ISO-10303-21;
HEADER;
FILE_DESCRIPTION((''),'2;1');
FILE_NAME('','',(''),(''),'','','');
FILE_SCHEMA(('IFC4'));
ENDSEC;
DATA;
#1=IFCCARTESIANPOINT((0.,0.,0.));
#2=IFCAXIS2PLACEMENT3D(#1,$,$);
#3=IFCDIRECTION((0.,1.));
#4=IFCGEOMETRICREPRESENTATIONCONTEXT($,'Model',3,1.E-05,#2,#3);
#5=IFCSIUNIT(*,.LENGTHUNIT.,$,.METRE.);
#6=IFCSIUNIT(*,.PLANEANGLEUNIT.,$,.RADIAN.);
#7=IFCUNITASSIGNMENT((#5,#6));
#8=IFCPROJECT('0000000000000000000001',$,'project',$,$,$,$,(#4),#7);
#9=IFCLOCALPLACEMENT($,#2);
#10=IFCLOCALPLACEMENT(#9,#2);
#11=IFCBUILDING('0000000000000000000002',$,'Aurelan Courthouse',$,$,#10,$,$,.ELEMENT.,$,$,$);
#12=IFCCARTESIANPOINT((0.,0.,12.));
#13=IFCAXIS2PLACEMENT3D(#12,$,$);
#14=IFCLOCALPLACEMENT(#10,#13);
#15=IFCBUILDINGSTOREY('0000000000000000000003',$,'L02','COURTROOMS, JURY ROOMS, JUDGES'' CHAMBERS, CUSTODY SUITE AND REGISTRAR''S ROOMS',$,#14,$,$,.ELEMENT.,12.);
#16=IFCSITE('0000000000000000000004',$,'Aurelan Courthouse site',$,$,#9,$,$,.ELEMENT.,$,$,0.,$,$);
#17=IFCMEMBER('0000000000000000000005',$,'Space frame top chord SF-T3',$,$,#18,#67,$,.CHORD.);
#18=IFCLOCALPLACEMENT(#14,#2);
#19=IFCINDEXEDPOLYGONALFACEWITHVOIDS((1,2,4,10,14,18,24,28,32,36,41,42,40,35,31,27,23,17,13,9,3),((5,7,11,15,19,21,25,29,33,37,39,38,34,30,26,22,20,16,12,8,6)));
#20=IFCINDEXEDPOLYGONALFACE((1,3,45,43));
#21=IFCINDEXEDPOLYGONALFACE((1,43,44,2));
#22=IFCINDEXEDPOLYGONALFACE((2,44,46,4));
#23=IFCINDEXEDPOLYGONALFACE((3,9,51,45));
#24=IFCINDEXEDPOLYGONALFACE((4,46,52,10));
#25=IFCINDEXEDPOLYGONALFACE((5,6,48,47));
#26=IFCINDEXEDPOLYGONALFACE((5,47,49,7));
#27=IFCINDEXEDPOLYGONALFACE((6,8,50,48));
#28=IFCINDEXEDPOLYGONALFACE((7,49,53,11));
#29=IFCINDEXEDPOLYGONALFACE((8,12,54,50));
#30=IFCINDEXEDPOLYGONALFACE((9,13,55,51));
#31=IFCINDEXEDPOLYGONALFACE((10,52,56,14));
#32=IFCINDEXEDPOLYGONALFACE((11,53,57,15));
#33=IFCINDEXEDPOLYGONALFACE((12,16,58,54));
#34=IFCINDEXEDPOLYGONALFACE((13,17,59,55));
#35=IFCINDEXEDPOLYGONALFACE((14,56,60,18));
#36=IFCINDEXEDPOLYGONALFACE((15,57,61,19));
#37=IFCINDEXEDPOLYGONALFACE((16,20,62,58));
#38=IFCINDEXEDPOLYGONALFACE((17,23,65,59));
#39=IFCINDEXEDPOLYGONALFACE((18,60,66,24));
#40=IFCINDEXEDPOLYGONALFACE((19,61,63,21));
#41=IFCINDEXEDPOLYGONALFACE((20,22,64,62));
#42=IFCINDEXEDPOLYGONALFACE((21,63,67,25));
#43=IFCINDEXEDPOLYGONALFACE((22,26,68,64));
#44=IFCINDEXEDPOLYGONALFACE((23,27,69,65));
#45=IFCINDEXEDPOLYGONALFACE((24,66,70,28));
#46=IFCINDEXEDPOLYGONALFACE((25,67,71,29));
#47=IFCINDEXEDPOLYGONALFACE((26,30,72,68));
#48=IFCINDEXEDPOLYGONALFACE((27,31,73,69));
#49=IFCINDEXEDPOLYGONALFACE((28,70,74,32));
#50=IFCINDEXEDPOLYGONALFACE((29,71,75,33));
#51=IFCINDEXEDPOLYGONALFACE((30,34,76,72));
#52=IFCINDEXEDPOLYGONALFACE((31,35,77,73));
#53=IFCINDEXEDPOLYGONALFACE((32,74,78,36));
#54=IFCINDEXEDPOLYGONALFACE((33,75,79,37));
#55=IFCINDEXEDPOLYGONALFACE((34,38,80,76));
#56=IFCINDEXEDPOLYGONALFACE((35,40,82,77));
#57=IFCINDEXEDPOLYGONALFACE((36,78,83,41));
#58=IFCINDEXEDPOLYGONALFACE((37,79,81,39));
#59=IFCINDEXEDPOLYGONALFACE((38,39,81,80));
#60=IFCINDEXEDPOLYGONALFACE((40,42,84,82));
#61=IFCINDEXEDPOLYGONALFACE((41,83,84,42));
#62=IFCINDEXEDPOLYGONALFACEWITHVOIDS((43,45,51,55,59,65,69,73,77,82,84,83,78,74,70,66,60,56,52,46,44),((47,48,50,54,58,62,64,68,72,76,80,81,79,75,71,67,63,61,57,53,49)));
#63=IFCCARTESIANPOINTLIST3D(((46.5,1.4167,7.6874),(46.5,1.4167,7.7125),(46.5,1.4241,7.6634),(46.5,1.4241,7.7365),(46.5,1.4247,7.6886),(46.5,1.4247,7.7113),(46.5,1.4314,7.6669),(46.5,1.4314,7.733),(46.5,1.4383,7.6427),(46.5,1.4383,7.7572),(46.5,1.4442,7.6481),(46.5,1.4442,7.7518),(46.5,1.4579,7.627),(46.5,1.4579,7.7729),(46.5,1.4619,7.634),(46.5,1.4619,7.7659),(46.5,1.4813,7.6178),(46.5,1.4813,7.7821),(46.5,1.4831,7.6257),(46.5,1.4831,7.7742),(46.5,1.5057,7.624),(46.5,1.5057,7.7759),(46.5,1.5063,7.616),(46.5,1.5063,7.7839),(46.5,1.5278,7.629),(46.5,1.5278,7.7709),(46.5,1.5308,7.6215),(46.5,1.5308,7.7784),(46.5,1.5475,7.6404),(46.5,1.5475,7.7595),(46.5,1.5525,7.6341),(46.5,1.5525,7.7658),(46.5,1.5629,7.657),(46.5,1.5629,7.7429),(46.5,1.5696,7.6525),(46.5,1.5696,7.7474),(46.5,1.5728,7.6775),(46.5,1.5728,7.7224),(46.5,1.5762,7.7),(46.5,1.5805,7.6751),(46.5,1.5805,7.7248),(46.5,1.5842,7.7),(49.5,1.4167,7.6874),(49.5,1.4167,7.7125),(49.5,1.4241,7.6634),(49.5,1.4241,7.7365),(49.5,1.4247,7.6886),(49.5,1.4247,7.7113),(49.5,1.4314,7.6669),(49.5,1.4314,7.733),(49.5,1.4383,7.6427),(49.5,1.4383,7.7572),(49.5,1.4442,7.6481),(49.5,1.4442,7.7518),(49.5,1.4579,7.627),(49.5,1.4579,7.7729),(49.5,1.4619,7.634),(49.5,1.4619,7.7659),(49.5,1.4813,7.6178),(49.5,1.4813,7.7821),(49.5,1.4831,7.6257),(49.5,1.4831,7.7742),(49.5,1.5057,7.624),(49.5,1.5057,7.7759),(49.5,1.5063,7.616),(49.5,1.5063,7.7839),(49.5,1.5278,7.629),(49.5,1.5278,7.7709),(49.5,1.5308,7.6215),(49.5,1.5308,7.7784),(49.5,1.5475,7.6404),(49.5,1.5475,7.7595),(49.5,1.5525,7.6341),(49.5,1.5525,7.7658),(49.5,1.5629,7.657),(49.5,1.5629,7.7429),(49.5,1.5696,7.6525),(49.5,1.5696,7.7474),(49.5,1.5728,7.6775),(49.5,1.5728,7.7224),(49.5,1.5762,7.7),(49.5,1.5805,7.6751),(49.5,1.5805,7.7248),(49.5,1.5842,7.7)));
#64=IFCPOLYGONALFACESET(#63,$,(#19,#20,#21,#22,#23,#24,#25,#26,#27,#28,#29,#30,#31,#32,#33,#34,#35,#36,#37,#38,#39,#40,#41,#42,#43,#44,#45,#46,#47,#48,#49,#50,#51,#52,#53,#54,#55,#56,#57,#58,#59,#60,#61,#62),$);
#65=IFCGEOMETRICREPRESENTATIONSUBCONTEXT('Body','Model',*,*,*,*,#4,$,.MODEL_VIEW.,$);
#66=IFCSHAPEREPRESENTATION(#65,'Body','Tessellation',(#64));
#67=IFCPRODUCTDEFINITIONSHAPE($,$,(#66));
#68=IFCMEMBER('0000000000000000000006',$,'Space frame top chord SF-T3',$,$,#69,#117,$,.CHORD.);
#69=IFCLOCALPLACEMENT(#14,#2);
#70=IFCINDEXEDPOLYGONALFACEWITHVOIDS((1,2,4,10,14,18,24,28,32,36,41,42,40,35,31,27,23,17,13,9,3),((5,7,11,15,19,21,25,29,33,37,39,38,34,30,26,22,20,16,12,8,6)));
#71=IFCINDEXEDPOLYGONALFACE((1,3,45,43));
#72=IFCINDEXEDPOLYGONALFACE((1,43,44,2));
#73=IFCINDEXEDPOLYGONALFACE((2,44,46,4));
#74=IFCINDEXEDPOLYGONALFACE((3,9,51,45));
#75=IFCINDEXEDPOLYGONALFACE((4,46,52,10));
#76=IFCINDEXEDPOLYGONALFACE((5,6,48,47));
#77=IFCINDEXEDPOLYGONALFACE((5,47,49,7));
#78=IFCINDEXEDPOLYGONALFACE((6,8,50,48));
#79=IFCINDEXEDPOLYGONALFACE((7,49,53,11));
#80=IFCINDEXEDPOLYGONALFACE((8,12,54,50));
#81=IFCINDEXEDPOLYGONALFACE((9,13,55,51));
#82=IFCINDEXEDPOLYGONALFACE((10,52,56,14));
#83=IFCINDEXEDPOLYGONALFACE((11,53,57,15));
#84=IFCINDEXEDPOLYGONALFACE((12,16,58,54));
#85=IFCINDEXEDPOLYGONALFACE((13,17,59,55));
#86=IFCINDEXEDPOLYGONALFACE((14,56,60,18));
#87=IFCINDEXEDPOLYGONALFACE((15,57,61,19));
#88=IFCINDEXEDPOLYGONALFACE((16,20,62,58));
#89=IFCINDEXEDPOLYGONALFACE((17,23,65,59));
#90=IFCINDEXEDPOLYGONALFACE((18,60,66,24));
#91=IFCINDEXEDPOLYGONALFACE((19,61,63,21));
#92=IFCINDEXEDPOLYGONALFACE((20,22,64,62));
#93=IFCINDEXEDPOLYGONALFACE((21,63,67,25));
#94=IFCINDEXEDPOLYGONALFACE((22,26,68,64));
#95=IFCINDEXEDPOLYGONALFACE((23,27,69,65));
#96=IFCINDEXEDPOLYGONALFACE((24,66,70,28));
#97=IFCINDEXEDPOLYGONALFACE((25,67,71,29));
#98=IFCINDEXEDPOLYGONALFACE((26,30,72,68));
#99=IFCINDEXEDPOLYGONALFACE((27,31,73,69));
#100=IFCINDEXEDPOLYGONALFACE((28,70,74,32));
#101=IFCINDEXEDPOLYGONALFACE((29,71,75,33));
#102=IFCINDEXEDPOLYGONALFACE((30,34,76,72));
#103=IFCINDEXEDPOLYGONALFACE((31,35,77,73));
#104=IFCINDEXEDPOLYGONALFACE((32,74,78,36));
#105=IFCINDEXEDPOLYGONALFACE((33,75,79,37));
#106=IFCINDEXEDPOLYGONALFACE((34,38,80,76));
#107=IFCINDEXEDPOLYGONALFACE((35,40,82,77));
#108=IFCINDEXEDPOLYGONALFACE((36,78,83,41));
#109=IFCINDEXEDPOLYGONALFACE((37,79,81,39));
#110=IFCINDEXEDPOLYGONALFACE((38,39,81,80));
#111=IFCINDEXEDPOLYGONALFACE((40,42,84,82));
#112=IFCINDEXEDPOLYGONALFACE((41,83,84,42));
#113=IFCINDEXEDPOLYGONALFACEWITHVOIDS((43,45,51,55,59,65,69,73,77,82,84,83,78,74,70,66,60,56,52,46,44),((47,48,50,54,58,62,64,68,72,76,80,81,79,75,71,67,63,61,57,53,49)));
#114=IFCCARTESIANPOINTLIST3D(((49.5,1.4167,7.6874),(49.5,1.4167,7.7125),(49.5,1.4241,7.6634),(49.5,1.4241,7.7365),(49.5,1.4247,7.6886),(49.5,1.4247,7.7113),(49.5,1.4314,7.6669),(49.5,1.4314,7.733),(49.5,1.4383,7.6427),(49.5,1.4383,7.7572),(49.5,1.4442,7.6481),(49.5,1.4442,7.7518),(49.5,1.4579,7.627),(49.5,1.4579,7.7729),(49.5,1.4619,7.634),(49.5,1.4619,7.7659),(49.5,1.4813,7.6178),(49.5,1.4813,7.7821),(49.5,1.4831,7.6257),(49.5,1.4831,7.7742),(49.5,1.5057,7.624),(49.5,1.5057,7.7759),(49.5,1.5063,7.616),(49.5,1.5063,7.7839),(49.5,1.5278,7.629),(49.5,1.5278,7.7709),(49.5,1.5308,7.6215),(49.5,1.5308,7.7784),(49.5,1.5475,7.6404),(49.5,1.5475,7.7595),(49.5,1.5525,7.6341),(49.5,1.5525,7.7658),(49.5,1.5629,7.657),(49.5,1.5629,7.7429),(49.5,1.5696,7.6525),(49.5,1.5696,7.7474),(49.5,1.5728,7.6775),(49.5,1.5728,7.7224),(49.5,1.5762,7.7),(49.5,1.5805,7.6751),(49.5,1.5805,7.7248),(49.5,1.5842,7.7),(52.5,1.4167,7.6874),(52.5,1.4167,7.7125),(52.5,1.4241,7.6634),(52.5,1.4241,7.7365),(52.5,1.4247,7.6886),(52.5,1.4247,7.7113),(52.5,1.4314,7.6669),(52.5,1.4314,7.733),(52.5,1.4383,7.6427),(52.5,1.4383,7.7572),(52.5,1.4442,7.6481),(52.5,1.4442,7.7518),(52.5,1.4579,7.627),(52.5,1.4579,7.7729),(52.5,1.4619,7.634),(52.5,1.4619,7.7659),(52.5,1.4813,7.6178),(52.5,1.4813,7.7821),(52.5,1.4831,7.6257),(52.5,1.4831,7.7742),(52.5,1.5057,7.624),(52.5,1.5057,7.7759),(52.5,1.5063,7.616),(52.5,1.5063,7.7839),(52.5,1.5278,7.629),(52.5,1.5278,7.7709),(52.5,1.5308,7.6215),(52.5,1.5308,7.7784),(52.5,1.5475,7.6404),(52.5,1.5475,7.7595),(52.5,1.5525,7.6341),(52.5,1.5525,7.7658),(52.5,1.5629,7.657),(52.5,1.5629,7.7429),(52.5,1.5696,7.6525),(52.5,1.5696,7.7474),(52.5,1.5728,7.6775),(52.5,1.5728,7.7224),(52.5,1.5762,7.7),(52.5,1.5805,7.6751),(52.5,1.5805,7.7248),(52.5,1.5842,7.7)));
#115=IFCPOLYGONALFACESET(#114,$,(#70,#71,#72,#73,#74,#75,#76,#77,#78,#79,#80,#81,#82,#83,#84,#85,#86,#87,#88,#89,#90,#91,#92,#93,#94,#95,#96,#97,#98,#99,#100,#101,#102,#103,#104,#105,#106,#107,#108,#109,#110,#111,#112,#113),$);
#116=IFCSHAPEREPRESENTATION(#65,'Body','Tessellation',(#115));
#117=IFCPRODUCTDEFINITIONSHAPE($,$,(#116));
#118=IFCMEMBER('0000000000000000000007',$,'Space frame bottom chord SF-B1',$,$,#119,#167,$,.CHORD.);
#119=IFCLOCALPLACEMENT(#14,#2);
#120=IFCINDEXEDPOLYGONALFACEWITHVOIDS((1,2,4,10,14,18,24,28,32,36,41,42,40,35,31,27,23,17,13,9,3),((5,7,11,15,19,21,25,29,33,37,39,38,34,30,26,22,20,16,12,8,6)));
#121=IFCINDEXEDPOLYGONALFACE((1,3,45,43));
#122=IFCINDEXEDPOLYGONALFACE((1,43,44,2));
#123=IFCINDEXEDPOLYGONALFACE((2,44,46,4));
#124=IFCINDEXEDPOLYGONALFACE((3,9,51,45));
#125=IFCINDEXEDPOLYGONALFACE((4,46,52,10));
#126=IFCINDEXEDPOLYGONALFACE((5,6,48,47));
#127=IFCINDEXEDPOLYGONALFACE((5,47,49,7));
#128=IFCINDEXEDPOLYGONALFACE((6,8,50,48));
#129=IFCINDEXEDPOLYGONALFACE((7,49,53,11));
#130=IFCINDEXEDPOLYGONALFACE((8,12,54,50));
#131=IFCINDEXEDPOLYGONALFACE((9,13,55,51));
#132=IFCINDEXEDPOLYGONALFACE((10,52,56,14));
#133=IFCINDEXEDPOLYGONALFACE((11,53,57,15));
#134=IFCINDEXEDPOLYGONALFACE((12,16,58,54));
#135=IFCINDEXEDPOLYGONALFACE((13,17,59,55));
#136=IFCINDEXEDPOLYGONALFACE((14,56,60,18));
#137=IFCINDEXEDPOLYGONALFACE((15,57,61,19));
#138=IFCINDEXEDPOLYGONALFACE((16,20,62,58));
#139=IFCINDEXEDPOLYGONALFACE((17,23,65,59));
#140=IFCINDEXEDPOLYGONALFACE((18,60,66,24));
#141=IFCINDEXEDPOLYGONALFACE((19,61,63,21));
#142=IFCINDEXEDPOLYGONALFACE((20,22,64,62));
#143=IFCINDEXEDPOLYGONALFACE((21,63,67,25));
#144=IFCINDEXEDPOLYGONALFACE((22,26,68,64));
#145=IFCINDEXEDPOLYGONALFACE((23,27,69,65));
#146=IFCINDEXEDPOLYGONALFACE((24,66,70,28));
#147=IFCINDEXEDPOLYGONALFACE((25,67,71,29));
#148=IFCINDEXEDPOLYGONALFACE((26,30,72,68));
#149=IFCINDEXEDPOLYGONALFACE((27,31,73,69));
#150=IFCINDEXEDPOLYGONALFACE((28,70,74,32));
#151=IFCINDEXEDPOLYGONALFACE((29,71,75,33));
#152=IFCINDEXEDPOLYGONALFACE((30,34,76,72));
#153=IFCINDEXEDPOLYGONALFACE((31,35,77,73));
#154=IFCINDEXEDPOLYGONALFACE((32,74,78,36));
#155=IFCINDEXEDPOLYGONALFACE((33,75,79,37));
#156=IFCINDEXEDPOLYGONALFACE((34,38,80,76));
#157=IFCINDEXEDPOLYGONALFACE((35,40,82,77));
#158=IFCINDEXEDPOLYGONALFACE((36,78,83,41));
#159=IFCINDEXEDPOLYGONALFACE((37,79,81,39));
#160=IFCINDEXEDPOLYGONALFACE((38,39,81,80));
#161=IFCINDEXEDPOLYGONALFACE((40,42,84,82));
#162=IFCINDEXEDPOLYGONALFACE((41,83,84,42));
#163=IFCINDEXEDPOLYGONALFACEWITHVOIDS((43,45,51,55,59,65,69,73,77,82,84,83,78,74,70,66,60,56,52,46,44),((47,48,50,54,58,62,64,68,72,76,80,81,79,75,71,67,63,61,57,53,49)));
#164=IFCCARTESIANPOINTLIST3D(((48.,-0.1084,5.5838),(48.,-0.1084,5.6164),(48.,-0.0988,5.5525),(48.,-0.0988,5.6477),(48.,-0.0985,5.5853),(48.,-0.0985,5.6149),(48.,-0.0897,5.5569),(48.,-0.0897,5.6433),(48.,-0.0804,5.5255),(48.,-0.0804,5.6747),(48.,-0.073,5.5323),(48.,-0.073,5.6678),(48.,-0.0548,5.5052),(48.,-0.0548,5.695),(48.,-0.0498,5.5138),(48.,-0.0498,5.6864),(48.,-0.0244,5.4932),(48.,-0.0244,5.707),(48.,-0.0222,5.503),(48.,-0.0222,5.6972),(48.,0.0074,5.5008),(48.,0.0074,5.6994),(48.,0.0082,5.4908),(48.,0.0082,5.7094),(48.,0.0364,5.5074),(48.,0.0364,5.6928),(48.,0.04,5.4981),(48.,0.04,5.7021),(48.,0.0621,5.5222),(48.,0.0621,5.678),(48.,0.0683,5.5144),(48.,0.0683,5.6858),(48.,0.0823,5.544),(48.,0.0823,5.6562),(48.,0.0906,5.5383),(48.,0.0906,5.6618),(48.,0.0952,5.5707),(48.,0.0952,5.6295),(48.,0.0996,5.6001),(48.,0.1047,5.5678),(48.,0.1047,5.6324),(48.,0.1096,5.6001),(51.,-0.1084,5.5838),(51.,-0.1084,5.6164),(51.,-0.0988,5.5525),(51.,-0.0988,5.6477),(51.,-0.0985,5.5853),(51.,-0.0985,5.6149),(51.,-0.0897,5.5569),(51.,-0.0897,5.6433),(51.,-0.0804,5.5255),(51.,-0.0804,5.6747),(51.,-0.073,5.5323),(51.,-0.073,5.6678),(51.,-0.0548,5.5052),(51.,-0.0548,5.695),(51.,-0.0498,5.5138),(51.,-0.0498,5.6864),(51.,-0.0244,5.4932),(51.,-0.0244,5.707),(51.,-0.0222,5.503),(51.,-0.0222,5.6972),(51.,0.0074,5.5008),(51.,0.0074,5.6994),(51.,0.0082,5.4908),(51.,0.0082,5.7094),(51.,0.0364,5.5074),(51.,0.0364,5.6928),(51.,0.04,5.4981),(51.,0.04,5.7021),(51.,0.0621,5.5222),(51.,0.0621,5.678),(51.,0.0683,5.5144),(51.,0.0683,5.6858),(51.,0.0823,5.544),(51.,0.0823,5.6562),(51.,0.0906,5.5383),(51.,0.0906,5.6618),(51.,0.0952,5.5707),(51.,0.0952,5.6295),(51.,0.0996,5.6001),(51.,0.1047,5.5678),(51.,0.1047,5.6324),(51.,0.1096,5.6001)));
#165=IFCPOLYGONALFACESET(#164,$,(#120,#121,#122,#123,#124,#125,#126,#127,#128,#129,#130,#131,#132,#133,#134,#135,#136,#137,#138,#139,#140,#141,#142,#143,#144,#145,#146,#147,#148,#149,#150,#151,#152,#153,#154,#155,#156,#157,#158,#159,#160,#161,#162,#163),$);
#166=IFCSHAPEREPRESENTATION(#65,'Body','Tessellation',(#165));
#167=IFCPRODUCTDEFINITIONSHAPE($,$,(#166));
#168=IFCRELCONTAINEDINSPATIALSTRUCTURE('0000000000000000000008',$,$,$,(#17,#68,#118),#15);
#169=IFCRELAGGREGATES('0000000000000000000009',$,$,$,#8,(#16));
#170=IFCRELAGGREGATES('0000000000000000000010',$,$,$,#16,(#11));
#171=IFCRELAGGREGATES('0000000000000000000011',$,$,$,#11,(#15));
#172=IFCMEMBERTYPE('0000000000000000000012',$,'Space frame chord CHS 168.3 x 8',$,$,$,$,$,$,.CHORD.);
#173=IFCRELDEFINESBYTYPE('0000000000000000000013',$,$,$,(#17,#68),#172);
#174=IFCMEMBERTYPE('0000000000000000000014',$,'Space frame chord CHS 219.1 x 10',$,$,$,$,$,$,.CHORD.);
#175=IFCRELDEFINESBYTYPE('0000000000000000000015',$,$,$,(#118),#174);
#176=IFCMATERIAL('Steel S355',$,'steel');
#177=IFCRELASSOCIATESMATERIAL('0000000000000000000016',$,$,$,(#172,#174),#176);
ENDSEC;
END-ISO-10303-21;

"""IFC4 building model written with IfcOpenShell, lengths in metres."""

from ifc_helpers import new_model, si_unit, direction, frame, origin, origin_2d, place, context, subcontext, project, spatial, hollow_circle, extrude, material, material_profile, profile_set, type_object, element, save


model = new_model("IFC4")

# Units and contexts
model_context = context("Model", 3, precision=1e-05, world=origin(), true_north=direction((0.0, 1.0)))
body_context = subcontext(model_context, "Body", "Model", "MODEL_VIEW")
ifc_project = project(units=[si_unit("LENGTHUNIT", "METRE"), si_unit("PLANEANGLEUNIT", "RADIAN")], contexts=[model_context])

# Site, building, storey
site_placement = place(None, origin())
site = spatial("IfcSite", under=ifc_project, at=site_placement, Name="Aurelan Courthouse site", CompositionType="ELEMENT", RefElevation=0.0)
building_placement = place(site_placement, origin())
building = spatial("IfcBuilding", under=site, at=building_placement, Name="Aurelan Courthouse", CompositionType="ELEMENT")
storey_placement = place(building_placement, frame((0.0, 0.0, 12.0)))
storey = spatial("IfcBuildingStorey", under=building, at=storey_placement, Name="L02", Description="COURTROOMS, JURY ROOMS, JUDGES' CHAMBERS, CUSTODY SUITE AND REGISTRAR'S ROOMS", CompositionType="ELEMENT", Elevation=12.0)

# Members
ifc_material_1 = material(Name="Steel S355", Category="steel")
ifc_material_profile_1 = material_profile(ifc_material_1, hollow_circle(Radius=0.0842, WallThickness=0.0081, at=origin_2d()), Name="CHS 168.3 x 8")
ifc_profile_set_1 = profile_set([ifc_material_profile_1], Name="Steel S355")
member_type_1 = type_object("IfcMemberType", Name="Space frame chord CHS 168.3 x 8", PredefinedType="CHORD", material=ifc_profile_set_1)
for number, where, z_axis, x_axis, name in (
    (1, (46.5, 1.5, 7.7), (1.0, 0.0, 0.0), (0.0, 1.0, 0.0), "Space frame top chord SF-T3"),
    (2, (49.5, 1.5, 7.7), (1.0, 0.0, 0.0), (0.0, 1.0, 0.0), "Space frame top chord SF-T3"),
):
    element("IfcMember", number, at=place(storey_placement, frame(where, z_axis=z_axis, x_axis=x_axis)), inside=storey, type_object=member_type_1, Name=name, PredefinedType="CHORD", context=body_context, shape_type="SweptSolid", body=[
        extrude(hollow_circle(Radius=0.0842, WallThickness=0.0081, at=origin_2d()), origin(), (0.0, 0.0, 1.0), 3.0),
    ])
ifc_material_profile_2 = material_profile(ifc_material_1, hollow_circle(Radius=0.1096, WallThickness=0.01, at=origin_2d()), Name="CHS 219.1 x 10")
ifc_profile_set_2 = profile_set([ifc_material_profile_2], Name="Steel S355")
member_type_2 = type_object("IfcMemberType", Name="Space frame chord CHS 219.1 x 10", PredefinedType="CHORD", material=ifc_profile_set_2)
for number, where, z_axis, x_axis, name in (
    (3, (48.0, 0.0, 5.6001), (1.0, 0.0, 0.0), (0.0, 1.0, 0.0), "Space frame bottom chord SF-B1"),
):
    element("IfcMember", number, at=place(storey_placement, frame(where, z_axis=z_axis, x_axis=x_axis)), inside=storey, type_object=member_type_2, Name=name, PredefinedType="CHORD", context=body_context, shape_type="SweptSolid", body=[
        extrude(hollow_circle(Radius=0.1096, WallThickness=0.01, at=origin_2d()), origin(), (0.0, 0.0, 1.0), 3.0),
    ])

save(model, "model.ifc")
